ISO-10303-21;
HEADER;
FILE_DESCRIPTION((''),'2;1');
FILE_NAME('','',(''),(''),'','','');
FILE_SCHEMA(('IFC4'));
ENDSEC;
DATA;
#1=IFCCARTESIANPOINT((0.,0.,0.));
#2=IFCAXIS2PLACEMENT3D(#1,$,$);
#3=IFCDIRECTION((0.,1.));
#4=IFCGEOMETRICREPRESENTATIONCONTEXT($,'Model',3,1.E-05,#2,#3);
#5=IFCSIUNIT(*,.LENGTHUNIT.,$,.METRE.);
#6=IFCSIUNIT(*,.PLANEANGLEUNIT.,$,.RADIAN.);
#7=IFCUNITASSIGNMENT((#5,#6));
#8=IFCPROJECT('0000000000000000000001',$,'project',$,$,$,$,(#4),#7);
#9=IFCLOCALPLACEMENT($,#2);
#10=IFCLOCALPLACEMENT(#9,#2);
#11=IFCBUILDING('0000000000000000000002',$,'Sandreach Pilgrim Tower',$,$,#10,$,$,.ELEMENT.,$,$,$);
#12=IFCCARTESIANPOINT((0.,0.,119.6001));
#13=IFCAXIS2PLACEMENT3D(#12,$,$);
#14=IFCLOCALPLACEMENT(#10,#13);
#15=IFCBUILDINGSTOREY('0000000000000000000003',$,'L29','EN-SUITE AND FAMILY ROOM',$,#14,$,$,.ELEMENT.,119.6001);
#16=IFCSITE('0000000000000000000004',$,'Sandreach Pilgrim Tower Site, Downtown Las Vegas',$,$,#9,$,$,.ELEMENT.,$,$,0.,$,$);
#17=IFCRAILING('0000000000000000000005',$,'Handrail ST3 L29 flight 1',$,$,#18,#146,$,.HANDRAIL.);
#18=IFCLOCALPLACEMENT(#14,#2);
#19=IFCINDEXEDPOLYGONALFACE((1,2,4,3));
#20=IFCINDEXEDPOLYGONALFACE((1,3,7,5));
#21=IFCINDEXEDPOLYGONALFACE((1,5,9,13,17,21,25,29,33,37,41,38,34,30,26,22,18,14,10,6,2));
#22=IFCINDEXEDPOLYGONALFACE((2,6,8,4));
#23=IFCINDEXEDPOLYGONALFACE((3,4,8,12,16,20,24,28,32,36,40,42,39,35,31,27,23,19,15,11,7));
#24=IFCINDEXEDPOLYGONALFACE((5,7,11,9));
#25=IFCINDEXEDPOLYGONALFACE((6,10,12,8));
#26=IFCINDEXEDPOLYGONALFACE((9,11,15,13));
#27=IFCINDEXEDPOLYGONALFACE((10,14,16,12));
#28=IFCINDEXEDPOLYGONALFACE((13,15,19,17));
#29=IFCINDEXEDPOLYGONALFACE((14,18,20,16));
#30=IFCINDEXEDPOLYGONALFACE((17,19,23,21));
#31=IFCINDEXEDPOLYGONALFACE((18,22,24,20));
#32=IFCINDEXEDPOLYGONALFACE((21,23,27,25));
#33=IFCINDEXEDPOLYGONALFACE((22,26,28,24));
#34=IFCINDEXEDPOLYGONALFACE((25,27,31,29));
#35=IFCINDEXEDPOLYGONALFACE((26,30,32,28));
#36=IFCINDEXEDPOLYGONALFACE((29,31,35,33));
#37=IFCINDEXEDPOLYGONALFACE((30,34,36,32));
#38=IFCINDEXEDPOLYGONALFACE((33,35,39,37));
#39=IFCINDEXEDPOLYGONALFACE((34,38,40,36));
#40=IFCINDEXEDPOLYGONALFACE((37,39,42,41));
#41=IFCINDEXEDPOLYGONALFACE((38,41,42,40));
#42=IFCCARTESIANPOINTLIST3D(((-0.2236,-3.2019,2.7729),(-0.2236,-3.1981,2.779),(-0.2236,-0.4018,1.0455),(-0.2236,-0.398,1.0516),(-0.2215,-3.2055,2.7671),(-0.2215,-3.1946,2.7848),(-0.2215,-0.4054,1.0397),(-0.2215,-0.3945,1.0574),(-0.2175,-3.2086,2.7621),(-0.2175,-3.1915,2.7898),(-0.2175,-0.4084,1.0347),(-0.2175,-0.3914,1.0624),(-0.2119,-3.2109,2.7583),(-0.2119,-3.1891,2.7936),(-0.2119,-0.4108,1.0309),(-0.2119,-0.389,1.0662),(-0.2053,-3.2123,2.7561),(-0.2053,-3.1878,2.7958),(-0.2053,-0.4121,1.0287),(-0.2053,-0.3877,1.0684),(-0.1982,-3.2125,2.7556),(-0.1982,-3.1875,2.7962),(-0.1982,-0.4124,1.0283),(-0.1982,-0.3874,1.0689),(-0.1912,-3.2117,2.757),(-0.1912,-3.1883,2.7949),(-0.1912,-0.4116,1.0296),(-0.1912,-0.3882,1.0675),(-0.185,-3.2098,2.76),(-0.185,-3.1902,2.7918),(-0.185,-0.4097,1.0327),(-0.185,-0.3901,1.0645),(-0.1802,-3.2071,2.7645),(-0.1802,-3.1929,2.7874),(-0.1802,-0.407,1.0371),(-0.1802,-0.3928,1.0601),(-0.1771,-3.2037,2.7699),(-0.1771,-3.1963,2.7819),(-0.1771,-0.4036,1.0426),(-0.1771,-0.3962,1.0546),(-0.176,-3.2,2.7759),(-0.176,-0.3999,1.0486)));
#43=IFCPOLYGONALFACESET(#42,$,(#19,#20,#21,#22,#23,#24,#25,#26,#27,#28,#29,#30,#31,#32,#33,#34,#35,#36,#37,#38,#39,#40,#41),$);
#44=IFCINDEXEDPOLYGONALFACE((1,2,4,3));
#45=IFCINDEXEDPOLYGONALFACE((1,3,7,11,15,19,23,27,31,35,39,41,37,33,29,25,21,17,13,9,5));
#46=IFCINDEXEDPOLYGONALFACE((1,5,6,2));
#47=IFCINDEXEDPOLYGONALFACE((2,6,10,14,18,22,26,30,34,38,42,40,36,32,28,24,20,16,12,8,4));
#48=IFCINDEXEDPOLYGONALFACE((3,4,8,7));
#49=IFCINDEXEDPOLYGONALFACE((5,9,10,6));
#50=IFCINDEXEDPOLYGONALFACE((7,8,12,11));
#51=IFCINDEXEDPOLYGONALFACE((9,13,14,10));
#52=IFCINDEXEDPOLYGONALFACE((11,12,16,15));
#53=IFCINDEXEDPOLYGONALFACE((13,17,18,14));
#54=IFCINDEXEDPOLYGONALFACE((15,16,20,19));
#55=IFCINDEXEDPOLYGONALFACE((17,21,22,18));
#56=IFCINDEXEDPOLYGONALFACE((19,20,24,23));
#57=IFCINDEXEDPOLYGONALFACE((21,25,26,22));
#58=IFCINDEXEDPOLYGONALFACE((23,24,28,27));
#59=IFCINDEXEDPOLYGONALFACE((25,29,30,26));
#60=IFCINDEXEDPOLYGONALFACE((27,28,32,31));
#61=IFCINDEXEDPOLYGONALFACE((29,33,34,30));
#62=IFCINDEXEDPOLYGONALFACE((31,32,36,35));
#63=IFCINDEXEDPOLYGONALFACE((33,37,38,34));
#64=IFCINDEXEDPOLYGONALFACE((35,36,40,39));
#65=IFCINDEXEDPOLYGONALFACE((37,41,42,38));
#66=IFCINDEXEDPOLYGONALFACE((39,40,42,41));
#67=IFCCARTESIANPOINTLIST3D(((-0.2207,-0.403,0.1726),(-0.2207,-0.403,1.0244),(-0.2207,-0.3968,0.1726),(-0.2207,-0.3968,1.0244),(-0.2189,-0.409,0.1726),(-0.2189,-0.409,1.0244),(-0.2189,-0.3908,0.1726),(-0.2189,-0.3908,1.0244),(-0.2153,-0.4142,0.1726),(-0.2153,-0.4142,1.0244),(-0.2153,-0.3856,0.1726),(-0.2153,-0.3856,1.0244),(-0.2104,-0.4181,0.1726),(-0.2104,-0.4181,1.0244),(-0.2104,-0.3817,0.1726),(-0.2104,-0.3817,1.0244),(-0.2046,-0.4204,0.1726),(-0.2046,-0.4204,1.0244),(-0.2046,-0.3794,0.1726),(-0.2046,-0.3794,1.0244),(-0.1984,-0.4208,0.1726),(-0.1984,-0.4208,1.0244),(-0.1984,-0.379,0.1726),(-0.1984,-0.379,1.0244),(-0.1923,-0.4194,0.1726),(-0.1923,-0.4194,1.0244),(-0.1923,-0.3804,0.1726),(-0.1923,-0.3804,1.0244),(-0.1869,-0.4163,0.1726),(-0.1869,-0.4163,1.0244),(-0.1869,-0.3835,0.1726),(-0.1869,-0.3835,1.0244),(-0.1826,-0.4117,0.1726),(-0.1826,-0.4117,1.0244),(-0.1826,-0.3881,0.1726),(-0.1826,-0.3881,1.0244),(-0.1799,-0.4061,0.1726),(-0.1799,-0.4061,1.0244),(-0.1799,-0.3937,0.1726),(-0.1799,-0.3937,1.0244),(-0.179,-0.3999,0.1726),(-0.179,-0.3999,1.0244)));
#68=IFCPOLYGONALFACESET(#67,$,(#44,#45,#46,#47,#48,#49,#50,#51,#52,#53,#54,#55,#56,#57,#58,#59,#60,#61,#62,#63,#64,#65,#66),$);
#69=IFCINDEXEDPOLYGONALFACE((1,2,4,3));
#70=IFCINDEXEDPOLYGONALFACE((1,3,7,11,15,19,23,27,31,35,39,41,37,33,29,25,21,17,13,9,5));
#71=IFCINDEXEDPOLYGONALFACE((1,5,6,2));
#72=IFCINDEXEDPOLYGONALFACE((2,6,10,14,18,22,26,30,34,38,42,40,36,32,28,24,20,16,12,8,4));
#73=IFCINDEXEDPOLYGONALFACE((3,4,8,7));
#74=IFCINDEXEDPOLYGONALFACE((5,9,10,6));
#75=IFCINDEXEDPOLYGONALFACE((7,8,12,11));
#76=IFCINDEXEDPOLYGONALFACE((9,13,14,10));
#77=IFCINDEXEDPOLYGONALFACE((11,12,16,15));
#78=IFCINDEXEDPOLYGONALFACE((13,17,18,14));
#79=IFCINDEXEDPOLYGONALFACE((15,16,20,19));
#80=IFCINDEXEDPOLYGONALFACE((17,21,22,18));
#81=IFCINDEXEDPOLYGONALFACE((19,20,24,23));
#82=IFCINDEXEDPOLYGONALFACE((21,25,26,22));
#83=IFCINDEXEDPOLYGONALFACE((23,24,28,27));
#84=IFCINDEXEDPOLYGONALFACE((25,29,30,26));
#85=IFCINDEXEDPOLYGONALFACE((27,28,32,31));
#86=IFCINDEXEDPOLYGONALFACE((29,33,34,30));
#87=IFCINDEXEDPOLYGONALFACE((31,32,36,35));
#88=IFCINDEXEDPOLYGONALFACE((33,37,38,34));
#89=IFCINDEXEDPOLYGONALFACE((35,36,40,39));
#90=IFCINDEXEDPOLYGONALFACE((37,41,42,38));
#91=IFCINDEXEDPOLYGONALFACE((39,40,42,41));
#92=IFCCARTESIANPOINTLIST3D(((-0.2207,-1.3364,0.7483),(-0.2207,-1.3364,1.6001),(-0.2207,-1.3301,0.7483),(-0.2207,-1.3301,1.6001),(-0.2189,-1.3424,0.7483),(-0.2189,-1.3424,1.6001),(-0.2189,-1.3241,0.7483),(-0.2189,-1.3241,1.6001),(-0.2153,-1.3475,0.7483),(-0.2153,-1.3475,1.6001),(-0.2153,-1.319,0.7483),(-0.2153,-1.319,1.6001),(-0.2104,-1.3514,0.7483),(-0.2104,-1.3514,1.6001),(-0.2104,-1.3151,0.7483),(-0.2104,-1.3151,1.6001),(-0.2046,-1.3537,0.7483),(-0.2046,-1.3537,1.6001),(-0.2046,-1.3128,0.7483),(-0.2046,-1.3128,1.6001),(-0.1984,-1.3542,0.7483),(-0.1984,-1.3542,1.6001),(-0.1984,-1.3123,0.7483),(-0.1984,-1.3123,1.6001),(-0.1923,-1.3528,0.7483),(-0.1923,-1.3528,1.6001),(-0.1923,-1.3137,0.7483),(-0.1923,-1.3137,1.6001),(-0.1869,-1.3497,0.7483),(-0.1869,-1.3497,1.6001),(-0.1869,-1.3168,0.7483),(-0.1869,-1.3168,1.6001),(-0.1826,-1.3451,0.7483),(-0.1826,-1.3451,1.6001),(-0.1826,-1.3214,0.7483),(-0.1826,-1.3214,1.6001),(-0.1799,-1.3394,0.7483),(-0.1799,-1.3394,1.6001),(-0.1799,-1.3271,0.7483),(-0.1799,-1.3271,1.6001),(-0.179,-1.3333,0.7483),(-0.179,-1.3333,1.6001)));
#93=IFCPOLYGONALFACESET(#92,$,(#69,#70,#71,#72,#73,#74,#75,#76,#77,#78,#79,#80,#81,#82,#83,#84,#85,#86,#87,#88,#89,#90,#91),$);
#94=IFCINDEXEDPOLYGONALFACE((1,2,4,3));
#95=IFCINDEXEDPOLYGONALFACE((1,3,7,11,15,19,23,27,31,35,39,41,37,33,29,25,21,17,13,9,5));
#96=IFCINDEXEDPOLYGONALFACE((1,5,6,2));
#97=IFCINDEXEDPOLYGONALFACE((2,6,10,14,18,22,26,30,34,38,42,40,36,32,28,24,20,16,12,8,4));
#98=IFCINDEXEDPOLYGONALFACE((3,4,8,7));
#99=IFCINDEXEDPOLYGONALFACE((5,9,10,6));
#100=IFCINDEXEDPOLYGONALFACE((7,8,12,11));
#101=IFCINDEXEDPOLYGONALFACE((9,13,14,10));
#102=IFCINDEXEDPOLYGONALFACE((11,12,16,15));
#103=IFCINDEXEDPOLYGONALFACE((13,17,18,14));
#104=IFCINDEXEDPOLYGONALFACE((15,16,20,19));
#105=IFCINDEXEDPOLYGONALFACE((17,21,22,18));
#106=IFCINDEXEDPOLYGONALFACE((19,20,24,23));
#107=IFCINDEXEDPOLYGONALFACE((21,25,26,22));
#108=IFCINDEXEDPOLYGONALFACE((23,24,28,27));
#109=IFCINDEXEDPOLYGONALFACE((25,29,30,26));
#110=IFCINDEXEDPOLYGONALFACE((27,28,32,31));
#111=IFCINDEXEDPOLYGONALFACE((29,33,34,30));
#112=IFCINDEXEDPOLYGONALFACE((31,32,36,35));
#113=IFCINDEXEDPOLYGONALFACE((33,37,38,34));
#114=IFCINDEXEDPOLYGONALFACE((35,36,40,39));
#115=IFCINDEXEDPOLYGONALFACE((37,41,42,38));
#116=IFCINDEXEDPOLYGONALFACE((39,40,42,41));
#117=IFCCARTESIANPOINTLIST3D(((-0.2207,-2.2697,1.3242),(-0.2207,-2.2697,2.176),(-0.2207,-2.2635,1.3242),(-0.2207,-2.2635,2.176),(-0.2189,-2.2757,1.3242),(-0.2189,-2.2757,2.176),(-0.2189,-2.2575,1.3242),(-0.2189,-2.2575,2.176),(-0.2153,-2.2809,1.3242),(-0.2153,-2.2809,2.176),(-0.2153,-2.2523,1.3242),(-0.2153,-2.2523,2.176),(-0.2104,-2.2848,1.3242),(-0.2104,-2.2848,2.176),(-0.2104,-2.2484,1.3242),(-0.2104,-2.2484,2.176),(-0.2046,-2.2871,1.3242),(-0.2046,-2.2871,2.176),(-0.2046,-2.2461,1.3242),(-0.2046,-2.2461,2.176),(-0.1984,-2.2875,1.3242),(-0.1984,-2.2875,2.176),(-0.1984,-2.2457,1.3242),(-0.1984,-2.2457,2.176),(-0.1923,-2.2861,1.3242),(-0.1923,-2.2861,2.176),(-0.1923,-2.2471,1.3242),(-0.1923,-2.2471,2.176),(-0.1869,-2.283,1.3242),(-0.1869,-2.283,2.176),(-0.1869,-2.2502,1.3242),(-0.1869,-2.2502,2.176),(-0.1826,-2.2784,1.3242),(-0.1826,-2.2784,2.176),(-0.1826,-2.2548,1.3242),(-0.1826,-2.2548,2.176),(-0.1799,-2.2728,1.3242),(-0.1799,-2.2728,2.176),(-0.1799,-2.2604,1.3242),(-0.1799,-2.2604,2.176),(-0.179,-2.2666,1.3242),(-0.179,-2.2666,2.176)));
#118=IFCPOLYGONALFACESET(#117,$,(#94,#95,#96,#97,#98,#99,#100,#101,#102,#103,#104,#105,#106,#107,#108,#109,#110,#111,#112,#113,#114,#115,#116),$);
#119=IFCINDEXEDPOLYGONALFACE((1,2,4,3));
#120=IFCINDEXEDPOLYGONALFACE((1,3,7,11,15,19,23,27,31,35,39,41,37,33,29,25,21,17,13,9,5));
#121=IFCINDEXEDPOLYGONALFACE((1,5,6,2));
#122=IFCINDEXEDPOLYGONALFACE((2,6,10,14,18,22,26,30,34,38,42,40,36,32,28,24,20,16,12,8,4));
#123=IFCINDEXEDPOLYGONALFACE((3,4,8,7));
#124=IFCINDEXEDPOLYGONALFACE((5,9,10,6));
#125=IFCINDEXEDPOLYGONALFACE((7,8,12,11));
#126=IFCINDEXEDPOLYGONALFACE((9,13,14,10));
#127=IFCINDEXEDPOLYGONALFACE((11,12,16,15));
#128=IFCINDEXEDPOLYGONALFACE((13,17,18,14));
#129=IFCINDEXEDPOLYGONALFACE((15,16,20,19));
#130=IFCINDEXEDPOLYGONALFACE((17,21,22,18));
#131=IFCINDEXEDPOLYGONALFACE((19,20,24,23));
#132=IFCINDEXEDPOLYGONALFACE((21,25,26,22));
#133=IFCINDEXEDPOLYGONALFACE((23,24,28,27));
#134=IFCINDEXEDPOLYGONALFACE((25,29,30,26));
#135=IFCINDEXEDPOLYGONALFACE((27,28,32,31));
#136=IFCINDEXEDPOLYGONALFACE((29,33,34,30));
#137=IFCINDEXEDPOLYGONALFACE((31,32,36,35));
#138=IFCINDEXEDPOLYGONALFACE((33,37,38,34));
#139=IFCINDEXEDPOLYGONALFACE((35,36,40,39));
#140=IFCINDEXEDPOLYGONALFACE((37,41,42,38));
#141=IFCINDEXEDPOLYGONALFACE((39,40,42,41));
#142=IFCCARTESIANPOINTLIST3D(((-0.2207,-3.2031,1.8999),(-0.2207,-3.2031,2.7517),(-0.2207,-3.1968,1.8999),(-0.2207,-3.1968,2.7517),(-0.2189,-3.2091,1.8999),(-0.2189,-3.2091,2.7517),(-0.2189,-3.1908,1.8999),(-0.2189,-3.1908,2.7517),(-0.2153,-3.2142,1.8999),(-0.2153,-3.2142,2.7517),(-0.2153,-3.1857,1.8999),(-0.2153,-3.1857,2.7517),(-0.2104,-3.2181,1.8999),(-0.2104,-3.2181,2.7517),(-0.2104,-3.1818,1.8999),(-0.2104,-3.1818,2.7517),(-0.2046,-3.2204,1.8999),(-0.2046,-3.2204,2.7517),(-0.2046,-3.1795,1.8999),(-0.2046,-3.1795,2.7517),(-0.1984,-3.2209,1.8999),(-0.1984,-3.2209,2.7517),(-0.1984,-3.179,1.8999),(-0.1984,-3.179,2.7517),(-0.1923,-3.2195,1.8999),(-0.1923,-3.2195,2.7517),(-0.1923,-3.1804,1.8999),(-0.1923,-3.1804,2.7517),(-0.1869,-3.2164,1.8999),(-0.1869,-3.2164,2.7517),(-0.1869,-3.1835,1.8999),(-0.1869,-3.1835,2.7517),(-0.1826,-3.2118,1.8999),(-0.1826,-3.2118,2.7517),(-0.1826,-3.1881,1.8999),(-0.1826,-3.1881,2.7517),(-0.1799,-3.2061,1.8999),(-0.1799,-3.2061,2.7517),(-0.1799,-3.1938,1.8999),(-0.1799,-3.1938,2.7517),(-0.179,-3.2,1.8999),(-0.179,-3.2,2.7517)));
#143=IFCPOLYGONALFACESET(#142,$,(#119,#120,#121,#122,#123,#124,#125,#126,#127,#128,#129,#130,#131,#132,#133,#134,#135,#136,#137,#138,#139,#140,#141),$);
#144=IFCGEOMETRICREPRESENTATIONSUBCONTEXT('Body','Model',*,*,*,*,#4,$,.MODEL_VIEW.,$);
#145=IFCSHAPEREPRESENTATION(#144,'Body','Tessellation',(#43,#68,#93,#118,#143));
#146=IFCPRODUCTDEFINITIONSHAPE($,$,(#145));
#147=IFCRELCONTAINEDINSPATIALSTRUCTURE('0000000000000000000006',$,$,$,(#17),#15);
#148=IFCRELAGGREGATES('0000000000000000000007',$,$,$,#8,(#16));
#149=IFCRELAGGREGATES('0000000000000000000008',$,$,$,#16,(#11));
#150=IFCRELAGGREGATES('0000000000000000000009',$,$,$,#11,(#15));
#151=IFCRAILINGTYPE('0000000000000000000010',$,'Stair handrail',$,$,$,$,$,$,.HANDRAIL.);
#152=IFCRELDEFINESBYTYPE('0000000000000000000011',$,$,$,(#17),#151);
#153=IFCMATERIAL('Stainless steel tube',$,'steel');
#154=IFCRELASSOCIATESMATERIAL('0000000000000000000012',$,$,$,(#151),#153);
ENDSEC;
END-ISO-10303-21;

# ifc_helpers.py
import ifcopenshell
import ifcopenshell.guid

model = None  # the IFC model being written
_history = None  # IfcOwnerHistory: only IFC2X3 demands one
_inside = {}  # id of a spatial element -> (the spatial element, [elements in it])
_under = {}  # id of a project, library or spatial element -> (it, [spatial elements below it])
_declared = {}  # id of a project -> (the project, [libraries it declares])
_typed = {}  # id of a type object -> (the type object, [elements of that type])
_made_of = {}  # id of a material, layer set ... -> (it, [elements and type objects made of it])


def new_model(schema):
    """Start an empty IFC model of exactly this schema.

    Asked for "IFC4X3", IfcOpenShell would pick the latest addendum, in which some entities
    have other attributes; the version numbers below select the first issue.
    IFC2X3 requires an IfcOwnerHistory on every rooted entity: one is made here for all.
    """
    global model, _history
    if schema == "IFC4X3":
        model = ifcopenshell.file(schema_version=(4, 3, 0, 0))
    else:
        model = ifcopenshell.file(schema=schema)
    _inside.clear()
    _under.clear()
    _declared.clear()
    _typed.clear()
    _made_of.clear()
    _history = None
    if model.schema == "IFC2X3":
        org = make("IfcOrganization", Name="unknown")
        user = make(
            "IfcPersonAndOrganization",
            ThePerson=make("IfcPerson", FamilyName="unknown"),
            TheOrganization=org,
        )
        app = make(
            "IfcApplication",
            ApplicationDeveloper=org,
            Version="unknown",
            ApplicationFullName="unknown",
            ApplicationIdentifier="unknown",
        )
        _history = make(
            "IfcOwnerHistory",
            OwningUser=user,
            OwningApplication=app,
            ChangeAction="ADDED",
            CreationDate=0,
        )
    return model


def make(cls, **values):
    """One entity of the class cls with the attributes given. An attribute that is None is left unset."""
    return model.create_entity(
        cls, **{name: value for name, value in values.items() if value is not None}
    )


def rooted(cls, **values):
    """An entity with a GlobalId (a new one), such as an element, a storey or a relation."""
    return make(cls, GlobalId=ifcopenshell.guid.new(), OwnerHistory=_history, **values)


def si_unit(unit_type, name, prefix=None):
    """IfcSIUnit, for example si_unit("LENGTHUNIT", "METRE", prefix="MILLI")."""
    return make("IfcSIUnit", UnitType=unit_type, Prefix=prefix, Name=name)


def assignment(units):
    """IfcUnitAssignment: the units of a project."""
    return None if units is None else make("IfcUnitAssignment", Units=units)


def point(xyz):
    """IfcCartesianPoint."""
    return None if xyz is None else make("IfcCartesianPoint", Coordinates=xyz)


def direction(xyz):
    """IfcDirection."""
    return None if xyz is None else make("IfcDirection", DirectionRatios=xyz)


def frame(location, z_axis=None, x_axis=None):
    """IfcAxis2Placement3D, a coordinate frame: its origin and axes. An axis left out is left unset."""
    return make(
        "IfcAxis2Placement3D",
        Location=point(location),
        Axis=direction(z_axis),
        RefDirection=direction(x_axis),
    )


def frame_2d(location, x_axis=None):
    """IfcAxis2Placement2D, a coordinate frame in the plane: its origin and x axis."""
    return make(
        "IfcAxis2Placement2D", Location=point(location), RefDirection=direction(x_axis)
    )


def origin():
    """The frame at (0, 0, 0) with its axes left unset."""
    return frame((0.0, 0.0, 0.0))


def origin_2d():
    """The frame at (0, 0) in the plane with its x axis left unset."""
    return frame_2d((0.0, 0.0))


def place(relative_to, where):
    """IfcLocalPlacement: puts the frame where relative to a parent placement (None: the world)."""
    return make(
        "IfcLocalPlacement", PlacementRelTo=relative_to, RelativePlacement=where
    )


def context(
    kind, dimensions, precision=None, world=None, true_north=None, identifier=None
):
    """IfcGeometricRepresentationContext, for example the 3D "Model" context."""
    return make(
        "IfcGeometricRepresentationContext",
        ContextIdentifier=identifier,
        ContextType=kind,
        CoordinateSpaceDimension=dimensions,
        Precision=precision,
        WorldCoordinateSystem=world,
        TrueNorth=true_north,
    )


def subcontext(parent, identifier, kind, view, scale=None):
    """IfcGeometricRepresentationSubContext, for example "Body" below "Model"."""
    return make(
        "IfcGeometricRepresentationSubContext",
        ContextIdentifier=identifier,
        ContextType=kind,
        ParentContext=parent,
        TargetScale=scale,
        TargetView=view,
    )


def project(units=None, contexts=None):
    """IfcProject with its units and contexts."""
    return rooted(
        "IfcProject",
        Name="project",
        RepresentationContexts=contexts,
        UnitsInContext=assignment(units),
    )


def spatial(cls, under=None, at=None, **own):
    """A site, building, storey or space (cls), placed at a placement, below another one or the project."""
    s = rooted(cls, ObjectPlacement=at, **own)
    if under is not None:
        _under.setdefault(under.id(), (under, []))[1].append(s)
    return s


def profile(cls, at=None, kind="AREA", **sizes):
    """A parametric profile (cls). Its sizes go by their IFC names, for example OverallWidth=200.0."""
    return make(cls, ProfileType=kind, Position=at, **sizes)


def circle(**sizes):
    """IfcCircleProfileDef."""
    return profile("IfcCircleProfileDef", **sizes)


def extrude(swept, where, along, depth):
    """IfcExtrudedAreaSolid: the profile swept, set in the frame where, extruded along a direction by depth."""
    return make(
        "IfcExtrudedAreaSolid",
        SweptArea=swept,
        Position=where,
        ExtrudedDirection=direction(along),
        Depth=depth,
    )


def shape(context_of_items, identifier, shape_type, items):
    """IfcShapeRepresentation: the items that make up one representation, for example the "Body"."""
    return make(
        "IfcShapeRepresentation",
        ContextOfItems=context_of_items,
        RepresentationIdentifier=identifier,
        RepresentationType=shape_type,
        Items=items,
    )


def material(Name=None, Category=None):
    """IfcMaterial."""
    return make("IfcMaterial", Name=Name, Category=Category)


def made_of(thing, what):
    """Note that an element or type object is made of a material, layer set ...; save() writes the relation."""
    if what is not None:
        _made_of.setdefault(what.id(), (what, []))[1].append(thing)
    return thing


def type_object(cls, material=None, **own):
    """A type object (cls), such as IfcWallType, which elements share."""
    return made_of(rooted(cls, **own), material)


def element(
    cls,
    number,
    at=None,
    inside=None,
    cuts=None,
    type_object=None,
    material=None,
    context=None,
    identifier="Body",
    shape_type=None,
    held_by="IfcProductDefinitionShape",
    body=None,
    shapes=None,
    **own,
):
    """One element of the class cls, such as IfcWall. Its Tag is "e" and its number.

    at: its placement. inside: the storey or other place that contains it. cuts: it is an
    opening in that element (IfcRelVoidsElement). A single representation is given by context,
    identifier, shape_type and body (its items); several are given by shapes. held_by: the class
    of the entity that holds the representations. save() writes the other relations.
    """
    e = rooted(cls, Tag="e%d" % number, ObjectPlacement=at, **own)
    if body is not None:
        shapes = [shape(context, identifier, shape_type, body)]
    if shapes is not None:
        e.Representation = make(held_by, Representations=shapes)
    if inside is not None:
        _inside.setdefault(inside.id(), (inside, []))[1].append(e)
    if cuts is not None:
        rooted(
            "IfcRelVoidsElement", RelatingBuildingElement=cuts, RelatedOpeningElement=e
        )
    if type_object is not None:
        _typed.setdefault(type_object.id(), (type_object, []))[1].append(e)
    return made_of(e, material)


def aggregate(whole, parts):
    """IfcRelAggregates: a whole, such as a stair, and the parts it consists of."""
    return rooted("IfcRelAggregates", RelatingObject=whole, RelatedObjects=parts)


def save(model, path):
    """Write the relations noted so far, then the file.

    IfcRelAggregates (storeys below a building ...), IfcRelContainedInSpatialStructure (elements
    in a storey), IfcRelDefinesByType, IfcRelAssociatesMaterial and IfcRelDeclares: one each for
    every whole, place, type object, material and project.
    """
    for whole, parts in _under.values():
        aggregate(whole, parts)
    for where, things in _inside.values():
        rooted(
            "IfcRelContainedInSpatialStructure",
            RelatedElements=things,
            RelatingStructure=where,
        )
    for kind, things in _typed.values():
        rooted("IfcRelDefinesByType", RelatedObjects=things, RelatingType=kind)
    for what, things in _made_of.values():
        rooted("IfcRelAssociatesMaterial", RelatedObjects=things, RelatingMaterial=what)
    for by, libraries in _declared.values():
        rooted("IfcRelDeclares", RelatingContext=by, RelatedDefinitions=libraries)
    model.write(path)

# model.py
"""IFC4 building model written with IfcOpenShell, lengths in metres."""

from ifc_helpers import new_model, si_unit, direction, frame, origin, origin_2d, place, context, subcontext, project, spatial, circle, extrude, material, type_object, element, save


model = new_model("IFC4")

# Units and contexts
model_context = context("Model", 3, precision=1e-05, world=origin(), true_north=direction((0.0, 1.0)))
body_context = subcontext(model_context, "Body", "Model", "MODEL_VIEW")
ifc_project = project(units=[si_unit("LENGTHUNIT", "METRE"), si_unit("PLANEANGLEUNIT", "RADIAN")], contexts=[model_context])

# Site, building, storey
site_placement = place(None, origin())
site = spatial("IfcSite", under=ifc_project, at=site_placement, Name="Sandreach Pilgrim Tower Site, Downtown Las Vegas", CompositionType="ELEMENT", RefElevation=0.0)
building_placement = place(site_placement, origin())
building = spatial("IfcBuilding", under=site, at=building_placement, Name="Sandreach Pilgrim Tower", CompositionType="ELEMENT")
storey_placement = place(building_placement, frame((0.0, 0.0, 119.6001)))
storey = spatial("IfcBuildingStorey", under=building, at=storey_placement, Name="L29", Description="EN-SUITE AND FAMILY ROOM", CompositionType="ELEMENT", Elevation=119.6001)

# Railing
ifc_material_1 = material(Name="Stainless steel tube", Category="steel")
railing_type = type_object("IfcRailingType", Name="Stair handrail", PredefinedType="HANDRAIL", material=ifc_material_1)
for number, where, name in (
    (1, (-0.2, -0.3999, 0.1726), "Handrail ST3 L29 flight 1"),
):
    element("IfcRailing", number, at=place(storey_placement, frame(where)), inside=storey, type_object=railing_type, Name=name, PredefinedType="HANDRAIL", context=body_context, shape_type="SweptSolid", body=[
        extrude(circle(Radius=0.0239, at=origin_2d()), frame((0.0, 0.0, 0.876), z_axis=(0.0, -0.85109, 0.52502), x_axis=(1.0, 0.0, 0.0)), (0.0, 0.0, 1.0), 3.29),
        extrude(circle(Radius=0.021, at=origin_2d()), origin(), (0.0, 0.0, 1.0), 0.8518),
        extrude(circle(Radius=0.021, at=origin_2d()), frame((0.0, -0.9333, 0.5757)), (0.0, 0.0, 1.0), 0.8518),
        extrude(circle(Radius=0.021, at=origin_2d()), frame((0.0, -1.8667, 1.1516)), (0.0, 0.0, 1.0), 0.8518),
        extrude(circle(Radius=0.021, at=origin_2d()), frame((0.0, -2.8, 1.7273)), (0.0, 0.0, 1.0), 0.8518),
    ])

save(model, "model.ifc")
